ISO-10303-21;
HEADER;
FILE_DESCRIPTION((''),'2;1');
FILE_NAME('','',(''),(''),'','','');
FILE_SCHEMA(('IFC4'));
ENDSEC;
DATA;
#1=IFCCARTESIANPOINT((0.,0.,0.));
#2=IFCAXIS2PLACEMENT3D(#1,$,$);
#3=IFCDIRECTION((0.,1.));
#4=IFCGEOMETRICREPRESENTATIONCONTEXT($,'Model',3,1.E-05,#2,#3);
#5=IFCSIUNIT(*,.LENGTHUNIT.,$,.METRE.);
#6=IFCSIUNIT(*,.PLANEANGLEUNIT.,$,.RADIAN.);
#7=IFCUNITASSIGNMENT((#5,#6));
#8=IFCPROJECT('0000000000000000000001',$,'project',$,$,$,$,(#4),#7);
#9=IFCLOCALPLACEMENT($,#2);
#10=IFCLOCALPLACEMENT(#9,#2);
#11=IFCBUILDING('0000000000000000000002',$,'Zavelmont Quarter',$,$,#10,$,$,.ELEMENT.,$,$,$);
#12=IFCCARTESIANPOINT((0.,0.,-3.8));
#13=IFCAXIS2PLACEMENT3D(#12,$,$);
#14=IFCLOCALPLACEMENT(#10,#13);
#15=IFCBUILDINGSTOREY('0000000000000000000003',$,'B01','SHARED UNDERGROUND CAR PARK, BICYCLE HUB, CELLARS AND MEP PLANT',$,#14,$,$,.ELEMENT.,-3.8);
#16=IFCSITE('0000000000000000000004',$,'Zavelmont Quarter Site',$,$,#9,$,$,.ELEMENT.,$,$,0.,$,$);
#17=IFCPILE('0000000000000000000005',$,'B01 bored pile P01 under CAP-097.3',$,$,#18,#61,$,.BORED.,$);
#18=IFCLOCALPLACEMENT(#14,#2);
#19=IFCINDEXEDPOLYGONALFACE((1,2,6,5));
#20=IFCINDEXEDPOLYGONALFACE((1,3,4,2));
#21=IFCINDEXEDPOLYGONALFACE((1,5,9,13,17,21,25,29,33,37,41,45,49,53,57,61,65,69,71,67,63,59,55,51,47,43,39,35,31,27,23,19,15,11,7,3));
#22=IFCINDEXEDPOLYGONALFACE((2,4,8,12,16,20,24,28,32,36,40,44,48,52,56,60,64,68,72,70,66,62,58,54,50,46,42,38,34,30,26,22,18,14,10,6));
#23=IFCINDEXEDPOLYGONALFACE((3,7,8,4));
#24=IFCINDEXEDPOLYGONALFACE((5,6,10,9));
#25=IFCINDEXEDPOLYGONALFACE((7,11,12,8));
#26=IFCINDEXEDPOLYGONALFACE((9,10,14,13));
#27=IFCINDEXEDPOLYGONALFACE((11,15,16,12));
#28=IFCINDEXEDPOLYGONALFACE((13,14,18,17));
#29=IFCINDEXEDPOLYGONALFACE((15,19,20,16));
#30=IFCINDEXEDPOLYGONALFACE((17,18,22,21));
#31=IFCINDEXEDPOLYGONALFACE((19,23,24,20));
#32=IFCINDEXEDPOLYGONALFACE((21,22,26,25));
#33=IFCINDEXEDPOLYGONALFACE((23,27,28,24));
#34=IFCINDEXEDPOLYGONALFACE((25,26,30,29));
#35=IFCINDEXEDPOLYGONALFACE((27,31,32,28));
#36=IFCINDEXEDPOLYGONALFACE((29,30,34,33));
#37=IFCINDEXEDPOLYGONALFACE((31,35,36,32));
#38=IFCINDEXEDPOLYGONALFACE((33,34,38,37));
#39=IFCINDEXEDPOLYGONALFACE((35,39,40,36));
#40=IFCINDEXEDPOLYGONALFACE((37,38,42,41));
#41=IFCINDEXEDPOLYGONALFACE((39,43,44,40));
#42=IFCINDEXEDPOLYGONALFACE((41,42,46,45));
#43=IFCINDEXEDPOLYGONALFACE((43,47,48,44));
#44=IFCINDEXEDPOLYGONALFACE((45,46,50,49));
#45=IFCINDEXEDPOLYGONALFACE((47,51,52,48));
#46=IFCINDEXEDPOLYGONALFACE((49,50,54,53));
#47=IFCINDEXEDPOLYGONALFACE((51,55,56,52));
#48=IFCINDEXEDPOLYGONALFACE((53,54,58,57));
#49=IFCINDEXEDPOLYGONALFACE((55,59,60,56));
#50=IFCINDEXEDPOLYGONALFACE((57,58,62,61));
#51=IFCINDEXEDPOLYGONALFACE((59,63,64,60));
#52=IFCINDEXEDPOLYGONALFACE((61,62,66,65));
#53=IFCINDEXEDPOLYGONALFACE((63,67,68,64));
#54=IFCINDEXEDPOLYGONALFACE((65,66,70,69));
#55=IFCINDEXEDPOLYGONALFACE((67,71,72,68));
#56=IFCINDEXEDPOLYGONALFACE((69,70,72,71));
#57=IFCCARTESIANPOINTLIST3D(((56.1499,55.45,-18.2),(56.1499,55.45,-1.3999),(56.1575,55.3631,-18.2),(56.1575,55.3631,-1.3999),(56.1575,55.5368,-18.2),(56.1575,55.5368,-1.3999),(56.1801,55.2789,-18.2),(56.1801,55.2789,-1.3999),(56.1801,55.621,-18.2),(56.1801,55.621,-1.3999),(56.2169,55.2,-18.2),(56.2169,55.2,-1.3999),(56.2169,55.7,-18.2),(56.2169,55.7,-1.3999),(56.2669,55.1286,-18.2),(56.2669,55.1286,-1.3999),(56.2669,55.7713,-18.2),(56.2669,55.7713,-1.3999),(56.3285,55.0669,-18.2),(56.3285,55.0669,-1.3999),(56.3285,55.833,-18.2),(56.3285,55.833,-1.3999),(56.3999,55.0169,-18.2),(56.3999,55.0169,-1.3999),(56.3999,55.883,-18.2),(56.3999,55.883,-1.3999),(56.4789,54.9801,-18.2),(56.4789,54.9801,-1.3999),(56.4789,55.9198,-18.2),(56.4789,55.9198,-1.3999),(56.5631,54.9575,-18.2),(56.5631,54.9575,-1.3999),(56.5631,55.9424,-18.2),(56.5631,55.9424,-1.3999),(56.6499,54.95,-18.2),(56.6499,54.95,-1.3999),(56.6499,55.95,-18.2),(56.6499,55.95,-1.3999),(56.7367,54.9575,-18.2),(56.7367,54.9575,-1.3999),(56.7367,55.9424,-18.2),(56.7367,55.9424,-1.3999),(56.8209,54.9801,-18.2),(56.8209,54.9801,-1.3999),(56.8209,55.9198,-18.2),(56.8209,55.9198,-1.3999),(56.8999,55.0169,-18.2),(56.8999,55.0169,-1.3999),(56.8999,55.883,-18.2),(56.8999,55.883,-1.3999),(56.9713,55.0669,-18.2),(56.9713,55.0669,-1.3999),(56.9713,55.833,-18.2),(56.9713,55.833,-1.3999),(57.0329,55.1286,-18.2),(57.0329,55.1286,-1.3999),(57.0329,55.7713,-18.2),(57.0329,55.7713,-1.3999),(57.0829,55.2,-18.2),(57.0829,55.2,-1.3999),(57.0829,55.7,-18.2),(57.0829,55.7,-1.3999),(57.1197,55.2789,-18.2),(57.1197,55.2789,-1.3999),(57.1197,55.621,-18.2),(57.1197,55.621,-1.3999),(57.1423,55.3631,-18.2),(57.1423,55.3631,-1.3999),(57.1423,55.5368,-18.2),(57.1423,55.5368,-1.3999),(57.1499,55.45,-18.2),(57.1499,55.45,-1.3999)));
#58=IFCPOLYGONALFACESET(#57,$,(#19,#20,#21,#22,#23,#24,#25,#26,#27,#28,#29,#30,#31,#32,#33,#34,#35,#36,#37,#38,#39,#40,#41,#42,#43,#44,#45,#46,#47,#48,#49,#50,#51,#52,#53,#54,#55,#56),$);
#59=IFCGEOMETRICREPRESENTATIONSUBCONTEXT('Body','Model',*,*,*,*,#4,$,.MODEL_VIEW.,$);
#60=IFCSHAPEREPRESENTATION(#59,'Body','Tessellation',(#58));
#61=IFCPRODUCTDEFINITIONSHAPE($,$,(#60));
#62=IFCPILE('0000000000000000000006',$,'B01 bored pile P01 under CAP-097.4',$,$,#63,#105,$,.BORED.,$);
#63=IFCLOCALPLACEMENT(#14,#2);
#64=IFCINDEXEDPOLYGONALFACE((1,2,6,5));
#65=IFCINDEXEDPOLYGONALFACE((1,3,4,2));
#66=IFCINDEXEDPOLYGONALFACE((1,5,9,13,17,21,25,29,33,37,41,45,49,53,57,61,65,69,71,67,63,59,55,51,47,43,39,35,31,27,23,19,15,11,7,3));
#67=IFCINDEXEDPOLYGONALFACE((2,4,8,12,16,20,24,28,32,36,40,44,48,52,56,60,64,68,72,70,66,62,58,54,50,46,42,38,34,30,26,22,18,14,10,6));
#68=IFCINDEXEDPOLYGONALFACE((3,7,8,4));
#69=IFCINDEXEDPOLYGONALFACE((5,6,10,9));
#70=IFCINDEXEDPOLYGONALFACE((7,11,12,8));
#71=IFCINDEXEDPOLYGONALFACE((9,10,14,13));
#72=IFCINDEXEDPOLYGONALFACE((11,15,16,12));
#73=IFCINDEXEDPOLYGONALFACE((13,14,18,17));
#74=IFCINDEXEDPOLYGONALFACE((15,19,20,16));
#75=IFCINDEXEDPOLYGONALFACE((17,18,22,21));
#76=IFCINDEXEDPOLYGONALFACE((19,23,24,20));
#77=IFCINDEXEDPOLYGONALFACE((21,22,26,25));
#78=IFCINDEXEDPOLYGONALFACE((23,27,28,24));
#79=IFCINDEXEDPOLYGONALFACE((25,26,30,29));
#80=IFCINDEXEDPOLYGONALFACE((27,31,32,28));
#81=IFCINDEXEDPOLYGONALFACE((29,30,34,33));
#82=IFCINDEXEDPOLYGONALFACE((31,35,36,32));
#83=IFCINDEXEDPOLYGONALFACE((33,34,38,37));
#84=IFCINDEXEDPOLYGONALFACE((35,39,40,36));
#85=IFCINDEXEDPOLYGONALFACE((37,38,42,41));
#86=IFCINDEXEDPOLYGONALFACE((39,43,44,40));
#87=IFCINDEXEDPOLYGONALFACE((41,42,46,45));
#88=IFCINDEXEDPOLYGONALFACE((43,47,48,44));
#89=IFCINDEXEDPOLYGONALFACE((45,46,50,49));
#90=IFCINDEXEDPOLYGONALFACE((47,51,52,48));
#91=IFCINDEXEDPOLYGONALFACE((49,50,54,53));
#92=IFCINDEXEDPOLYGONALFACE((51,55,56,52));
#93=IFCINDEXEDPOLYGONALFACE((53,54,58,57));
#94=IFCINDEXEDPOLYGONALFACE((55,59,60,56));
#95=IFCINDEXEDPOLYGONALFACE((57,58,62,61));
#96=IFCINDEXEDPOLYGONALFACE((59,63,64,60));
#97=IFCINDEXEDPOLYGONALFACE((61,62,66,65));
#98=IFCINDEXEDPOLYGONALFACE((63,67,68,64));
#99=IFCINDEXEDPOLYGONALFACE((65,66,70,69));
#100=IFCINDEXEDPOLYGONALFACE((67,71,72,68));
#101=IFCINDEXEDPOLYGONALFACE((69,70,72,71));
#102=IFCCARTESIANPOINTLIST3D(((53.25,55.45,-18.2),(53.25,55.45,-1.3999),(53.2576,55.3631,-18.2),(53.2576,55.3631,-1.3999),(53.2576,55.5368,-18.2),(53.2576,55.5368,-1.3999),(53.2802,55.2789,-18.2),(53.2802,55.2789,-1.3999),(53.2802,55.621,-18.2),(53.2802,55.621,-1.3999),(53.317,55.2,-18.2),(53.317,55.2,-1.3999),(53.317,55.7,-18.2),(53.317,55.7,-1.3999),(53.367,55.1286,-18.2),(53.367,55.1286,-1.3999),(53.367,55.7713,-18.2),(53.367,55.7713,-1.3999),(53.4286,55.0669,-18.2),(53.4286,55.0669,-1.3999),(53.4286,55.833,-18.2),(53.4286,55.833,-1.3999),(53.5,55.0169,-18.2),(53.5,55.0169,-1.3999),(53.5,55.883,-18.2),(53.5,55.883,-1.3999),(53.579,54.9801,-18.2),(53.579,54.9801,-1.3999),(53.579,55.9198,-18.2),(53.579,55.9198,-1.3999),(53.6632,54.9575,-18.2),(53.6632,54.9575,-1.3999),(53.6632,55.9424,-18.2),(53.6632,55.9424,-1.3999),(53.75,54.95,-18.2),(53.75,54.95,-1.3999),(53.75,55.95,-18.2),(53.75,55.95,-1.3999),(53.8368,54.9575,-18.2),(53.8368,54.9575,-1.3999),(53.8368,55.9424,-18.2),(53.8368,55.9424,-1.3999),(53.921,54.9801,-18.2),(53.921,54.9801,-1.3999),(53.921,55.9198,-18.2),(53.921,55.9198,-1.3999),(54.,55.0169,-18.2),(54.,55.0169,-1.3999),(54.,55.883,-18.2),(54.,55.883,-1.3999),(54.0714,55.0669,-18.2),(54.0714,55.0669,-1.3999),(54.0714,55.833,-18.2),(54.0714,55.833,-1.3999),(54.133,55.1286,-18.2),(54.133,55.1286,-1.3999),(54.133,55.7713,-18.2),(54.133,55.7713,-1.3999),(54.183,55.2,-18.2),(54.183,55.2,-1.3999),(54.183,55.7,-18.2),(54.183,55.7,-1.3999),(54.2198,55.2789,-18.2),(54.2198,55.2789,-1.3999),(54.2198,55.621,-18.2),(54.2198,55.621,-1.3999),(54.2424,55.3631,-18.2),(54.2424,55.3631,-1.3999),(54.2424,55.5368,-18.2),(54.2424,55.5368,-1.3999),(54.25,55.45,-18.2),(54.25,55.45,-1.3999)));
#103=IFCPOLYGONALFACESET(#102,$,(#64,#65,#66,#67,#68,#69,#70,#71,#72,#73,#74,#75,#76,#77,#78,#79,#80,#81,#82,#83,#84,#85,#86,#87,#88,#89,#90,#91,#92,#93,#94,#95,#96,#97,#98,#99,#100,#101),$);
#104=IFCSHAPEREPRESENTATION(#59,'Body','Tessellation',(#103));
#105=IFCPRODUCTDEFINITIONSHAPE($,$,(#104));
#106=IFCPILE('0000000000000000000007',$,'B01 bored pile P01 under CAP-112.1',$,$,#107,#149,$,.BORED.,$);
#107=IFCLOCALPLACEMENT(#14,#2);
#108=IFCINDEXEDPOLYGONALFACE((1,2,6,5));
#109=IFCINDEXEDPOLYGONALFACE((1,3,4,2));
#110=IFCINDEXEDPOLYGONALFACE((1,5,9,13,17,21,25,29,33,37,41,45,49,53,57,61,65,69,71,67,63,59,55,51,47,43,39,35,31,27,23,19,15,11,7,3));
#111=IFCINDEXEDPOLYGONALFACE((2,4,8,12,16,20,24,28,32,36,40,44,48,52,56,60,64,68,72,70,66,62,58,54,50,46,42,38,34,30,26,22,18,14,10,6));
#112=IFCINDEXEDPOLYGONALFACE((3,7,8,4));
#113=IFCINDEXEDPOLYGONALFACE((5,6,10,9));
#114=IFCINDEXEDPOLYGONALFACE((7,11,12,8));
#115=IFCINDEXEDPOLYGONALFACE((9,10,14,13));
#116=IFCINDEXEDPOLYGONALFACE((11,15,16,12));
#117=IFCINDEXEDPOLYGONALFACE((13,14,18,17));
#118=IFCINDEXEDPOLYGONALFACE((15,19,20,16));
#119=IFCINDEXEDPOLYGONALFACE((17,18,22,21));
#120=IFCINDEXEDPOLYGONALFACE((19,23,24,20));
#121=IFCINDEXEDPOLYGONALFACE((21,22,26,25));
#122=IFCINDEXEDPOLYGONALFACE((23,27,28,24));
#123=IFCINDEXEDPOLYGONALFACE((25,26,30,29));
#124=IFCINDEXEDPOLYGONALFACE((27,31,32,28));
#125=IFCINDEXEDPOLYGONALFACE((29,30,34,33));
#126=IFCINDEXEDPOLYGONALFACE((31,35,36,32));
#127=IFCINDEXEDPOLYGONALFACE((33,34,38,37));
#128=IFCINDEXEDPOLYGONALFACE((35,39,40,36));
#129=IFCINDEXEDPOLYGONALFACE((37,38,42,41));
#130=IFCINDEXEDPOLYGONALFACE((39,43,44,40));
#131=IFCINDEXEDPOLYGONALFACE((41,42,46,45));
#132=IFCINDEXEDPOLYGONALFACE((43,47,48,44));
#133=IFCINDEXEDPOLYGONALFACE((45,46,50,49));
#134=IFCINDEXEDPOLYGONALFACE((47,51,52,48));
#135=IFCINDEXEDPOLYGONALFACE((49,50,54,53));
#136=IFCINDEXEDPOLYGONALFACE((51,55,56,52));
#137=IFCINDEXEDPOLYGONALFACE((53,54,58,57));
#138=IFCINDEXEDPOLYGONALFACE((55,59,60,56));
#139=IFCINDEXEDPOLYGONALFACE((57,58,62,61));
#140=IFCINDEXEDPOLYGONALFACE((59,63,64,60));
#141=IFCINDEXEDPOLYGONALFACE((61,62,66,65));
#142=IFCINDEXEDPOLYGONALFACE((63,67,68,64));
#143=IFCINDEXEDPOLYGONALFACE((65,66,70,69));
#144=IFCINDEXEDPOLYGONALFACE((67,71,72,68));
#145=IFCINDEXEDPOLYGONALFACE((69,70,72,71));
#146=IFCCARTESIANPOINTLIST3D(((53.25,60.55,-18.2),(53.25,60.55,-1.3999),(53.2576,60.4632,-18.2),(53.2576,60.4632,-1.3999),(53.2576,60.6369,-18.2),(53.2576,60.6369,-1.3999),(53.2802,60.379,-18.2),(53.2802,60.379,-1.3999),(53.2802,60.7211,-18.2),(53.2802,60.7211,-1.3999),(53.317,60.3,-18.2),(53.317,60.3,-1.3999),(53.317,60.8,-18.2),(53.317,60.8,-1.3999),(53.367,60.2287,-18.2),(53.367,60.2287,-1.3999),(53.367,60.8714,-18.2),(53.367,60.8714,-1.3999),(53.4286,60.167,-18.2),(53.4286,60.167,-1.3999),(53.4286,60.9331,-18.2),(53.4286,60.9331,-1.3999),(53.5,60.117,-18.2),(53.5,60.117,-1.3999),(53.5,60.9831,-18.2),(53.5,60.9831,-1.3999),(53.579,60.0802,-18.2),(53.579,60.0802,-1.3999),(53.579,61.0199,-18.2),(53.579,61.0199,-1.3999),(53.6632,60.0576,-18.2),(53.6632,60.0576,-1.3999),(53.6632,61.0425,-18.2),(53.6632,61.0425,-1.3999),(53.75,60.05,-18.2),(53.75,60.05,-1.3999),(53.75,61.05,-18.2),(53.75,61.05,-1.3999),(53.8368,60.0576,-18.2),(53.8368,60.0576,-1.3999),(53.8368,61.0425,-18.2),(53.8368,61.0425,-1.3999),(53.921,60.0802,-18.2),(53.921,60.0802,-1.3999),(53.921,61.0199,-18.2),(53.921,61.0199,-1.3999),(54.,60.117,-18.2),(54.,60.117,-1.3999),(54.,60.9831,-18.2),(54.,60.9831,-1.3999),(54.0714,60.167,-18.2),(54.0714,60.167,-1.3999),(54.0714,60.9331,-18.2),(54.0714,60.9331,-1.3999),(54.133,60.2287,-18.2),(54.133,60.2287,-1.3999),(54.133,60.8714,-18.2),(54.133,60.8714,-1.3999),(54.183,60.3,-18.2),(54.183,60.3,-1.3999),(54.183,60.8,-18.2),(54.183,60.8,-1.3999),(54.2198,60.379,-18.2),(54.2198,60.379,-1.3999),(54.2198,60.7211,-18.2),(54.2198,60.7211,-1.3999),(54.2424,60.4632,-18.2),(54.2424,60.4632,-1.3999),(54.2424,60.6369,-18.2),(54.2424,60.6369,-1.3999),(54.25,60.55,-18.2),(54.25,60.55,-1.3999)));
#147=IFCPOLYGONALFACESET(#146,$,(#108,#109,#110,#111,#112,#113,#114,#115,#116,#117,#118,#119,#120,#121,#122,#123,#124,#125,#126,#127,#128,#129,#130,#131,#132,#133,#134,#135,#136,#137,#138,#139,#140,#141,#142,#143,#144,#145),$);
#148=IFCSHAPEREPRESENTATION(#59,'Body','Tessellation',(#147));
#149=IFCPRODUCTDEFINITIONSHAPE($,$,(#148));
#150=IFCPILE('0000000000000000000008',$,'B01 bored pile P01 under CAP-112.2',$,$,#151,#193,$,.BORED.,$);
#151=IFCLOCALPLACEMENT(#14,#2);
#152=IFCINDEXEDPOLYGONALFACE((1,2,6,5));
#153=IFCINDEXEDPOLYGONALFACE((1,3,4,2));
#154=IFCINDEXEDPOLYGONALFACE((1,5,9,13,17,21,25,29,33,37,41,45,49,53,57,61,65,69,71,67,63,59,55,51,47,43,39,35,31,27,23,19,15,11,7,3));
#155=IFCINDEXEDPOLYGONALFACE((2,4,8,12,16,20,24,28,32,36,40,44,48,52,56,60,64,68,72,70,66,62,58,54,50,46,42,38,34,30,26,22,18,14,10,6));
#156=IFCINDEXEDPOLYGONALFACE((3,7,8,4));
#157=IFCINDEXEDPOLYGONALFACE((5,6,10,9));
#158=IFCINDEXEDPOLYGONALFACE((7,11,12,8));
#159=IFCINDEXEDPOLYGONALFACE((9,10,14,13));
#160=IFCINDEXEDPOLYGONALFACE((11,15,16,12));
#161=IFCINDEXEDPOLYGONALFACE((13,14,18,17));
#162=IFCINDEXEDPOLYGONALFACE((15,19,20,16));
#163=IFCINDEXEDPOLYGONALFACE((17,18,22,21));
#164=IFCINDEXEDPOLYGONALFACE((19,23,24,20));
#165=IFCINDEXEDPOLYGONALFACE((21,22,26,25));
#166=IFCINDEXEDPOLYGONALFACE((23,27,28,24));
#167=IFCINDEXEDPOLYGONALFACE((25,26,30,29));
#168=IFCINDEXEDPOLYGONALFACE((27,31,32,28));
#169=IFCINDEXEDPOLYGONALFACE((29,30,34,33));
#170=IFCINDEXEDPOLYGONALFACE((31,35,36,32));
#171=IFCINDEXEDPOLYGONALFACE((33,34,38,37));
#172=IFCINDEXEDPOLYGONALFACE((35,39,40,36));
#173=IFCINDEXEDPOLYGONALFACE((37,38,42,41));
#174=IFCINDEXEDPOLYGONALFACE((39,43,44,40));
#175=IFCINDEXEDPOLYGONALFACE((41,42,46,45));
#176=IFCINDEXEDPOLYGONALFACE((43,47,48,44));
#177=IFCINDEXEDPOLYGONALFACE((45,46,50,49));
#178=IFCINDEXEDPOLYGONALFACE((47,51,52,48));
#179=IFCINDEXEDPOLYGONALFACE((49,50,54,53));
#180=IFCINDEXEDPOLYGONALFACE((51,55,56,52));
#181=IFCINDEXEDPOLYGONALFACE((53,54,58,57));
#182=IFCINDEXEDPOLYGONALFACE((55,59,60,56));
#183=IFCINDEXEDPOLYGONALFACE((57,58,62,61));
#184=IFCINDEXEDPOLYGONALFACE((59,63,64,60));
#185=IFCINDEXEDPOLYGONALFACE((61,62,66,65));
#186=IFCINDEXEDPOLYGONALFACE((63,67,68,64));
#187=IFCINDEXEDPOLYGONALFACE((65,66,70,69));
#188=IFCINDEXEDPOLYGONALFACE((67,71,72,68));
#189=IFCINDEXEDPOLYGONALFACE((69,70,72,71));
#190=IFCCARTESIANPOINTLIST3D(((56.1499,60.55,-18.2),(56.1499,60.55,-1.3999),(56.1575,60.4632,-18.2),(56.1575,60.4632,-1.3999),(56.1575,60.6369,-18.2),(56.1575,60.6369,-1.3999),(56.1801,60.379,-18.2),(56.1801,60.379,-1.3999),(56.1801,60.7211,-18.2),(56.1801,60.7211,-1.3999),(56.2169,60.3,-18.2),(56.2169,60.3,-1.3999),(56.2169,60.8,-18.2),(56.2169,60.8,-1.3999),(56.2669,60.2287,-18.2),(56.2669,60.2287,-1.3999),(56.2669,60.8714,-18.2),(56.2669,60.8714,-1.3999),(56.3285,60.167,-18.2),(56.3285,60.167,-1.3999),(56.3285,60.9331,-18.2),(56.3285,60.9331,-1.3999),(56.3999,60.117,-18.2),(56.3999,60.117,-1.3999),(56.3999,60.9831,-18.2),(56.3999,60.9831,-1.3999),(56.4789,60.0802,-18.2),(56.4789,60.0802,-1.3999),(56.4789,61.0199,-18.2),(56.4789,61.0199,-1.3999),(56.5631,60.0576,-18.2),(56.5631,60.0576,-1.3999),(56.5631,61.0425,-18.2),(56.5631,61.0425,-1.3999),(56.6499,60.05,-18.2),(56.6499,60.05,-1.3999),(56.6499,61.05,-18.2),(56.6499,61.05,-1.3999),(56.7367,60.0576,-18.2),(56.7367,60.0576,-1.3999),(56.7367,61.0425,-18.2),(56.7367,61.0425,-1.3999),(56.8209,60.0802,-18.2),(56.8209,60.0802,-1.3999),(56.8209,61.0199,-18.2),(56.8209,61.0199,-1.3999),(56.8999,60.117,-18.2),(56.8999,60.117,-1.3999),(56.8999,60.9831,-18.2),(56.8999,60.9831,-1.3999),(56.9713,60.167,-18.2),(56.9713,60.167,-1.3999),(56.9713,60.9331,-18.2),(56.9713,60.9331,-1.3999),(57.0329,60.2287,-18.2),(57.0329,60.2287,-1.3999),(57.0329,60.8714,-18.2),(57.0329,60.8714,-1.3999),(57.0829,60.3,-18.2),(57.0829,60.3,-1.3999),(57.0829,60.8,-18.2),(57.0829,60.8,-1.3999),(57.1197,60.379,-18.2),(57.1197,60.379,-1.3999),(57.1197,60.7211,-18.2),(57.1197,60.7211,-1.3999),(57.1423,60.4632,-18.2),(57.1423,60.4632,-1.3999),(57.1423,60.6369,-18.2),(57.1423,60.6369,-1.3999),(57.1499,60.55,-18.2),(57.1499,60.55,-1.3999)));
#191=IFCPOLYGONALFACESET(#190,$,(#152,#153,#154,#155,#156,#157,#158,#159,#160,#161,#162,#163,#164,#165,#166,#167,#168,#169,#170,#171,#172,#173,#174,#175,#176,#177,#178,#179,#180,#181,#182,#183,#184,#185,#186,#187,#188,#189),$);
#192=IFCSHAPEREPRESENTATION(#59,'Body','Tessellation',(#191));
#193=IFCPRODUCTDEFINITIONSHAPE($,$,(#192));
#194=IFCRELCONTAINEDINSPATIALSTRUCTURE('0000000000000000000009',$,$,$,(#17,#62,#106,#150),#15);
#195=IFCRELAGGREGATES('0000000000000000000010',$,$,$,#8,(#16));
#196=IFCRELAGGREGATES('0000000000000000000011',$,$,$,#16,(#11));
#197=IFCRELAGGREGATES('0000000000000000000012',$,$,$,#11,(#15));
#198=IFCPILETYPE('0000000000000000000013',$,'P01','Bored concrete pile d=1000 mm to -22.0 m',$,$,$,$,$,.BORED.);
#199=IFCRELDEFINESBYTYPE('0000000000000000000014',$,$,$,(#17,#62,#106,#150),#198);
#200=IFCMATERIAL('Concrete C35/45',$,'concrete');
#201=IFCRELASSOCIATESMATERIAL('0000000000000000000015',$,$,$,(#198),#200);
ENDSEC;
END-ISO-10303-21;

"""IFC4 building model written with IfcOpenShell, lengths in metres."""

from ifc_helpers import new_model, si_unit, direction, frame, origin, origin_2d, place, context, subcontext, project, spatial, circle, extrude, material, material_profile, profile_set, type_object, element, save


model = new_model("IFC4")

# Units and contexts
model_context = context("Model", 3, precision=1e-05, world=origin(), true_north=direction((0.0, 1.0)))
body_context = subcontext(model_context, "Body", "Model", "MODEL_VIEW")
ifc_project = project(units=[si_unit("LENGTHUNIT", "METRE"), si_unit("PLANEANGLEUNIT", "RADIAN")], contexts=[model_context])

# Site, building, storey
site_placement = place(None, origin())
site = spatial("IfcSite", under=ifc_project, at=site_placement, Name="Zavelmont Quarter Site", CompositionType="ELEMENT", RefElevation=0.0)
building_placement = place(site_placement, origin())
building = spatial("IfcBuilding", under=site, at=building_placement, Name="Zavelmont Quarter", CompositionType="ELEMENT")
storey_placement = place(building_placement, frame((0.0, 0.0, -3.8)))
storey = spatial("IfcBuildingStorey", under=building, at=storey_placement, Name="B01", Description="SHARED UNDERGROUND CAR PARK, BICYCLE HUB, CELLARS AND MEP PLANT", CompositionType="ELEMENT", Elevation=-3.8)

# Shared definitions
ifc_material_1 = material(Name="Concrete C35/45", Category="concrete")

# Piles
ifc_material_profile_1 = material_profile(ifc_material_1, circle(Radius=0.5, at=origin_2d()), Name="BP1000")
ifc_profile_set_1 = profile_set([ifc_material_profile_1], Name="Concrete C35/45")
pile_type_1 = type_object("IfcPileType", Name="P01", Description="Bored concrete pile d=1000 mm to -22.0 m", PredefinedType="BORED", material=ifc_profile_set_1)
for number, where, z_axis, x_axis, name in (
    (1, (56.6499, 55.45, -1.3999), (0.0, 0.0, -1.0), (1.0, 0.0, 0.0), "B01 bored pile P01 under CAP-097.3"),
    (2, (53.75, 55.45, -1.3999), (0.0, 0.0, -1.0), (1.0, 0.0, 0.0), "B01 bored pile P01 under CAP-097.4"),
    (3, (53.75, 60.55, -1.3999), (0.0, 0.0, -1.0), (1.0, 0.0, 0.0), "B01 bored pile P01 under CAP-112.1"),
    (4, (56.6499, 60.55, -1.3999), (0.0, 0.0, -1.0), (1.0, 0.0, 0.0), "B01 bored pile P01 under CAP-112.2"),
):
    element("IfcPile", number, at=place(storey_placement, frame(where, z_axis=z_axis, x_axis=x_axis)), inside=storey, type_object=pile_type_1, Name=name, PredefinedType="BORED", context=body_context, shape_type="SweptSolid", body=[
        extrude(circle(Radius=0.5, at=origin_2d()), origin(), (0.0, 0.0, 1.0), 16.8),
    ])

save(model, "model.ifc")
